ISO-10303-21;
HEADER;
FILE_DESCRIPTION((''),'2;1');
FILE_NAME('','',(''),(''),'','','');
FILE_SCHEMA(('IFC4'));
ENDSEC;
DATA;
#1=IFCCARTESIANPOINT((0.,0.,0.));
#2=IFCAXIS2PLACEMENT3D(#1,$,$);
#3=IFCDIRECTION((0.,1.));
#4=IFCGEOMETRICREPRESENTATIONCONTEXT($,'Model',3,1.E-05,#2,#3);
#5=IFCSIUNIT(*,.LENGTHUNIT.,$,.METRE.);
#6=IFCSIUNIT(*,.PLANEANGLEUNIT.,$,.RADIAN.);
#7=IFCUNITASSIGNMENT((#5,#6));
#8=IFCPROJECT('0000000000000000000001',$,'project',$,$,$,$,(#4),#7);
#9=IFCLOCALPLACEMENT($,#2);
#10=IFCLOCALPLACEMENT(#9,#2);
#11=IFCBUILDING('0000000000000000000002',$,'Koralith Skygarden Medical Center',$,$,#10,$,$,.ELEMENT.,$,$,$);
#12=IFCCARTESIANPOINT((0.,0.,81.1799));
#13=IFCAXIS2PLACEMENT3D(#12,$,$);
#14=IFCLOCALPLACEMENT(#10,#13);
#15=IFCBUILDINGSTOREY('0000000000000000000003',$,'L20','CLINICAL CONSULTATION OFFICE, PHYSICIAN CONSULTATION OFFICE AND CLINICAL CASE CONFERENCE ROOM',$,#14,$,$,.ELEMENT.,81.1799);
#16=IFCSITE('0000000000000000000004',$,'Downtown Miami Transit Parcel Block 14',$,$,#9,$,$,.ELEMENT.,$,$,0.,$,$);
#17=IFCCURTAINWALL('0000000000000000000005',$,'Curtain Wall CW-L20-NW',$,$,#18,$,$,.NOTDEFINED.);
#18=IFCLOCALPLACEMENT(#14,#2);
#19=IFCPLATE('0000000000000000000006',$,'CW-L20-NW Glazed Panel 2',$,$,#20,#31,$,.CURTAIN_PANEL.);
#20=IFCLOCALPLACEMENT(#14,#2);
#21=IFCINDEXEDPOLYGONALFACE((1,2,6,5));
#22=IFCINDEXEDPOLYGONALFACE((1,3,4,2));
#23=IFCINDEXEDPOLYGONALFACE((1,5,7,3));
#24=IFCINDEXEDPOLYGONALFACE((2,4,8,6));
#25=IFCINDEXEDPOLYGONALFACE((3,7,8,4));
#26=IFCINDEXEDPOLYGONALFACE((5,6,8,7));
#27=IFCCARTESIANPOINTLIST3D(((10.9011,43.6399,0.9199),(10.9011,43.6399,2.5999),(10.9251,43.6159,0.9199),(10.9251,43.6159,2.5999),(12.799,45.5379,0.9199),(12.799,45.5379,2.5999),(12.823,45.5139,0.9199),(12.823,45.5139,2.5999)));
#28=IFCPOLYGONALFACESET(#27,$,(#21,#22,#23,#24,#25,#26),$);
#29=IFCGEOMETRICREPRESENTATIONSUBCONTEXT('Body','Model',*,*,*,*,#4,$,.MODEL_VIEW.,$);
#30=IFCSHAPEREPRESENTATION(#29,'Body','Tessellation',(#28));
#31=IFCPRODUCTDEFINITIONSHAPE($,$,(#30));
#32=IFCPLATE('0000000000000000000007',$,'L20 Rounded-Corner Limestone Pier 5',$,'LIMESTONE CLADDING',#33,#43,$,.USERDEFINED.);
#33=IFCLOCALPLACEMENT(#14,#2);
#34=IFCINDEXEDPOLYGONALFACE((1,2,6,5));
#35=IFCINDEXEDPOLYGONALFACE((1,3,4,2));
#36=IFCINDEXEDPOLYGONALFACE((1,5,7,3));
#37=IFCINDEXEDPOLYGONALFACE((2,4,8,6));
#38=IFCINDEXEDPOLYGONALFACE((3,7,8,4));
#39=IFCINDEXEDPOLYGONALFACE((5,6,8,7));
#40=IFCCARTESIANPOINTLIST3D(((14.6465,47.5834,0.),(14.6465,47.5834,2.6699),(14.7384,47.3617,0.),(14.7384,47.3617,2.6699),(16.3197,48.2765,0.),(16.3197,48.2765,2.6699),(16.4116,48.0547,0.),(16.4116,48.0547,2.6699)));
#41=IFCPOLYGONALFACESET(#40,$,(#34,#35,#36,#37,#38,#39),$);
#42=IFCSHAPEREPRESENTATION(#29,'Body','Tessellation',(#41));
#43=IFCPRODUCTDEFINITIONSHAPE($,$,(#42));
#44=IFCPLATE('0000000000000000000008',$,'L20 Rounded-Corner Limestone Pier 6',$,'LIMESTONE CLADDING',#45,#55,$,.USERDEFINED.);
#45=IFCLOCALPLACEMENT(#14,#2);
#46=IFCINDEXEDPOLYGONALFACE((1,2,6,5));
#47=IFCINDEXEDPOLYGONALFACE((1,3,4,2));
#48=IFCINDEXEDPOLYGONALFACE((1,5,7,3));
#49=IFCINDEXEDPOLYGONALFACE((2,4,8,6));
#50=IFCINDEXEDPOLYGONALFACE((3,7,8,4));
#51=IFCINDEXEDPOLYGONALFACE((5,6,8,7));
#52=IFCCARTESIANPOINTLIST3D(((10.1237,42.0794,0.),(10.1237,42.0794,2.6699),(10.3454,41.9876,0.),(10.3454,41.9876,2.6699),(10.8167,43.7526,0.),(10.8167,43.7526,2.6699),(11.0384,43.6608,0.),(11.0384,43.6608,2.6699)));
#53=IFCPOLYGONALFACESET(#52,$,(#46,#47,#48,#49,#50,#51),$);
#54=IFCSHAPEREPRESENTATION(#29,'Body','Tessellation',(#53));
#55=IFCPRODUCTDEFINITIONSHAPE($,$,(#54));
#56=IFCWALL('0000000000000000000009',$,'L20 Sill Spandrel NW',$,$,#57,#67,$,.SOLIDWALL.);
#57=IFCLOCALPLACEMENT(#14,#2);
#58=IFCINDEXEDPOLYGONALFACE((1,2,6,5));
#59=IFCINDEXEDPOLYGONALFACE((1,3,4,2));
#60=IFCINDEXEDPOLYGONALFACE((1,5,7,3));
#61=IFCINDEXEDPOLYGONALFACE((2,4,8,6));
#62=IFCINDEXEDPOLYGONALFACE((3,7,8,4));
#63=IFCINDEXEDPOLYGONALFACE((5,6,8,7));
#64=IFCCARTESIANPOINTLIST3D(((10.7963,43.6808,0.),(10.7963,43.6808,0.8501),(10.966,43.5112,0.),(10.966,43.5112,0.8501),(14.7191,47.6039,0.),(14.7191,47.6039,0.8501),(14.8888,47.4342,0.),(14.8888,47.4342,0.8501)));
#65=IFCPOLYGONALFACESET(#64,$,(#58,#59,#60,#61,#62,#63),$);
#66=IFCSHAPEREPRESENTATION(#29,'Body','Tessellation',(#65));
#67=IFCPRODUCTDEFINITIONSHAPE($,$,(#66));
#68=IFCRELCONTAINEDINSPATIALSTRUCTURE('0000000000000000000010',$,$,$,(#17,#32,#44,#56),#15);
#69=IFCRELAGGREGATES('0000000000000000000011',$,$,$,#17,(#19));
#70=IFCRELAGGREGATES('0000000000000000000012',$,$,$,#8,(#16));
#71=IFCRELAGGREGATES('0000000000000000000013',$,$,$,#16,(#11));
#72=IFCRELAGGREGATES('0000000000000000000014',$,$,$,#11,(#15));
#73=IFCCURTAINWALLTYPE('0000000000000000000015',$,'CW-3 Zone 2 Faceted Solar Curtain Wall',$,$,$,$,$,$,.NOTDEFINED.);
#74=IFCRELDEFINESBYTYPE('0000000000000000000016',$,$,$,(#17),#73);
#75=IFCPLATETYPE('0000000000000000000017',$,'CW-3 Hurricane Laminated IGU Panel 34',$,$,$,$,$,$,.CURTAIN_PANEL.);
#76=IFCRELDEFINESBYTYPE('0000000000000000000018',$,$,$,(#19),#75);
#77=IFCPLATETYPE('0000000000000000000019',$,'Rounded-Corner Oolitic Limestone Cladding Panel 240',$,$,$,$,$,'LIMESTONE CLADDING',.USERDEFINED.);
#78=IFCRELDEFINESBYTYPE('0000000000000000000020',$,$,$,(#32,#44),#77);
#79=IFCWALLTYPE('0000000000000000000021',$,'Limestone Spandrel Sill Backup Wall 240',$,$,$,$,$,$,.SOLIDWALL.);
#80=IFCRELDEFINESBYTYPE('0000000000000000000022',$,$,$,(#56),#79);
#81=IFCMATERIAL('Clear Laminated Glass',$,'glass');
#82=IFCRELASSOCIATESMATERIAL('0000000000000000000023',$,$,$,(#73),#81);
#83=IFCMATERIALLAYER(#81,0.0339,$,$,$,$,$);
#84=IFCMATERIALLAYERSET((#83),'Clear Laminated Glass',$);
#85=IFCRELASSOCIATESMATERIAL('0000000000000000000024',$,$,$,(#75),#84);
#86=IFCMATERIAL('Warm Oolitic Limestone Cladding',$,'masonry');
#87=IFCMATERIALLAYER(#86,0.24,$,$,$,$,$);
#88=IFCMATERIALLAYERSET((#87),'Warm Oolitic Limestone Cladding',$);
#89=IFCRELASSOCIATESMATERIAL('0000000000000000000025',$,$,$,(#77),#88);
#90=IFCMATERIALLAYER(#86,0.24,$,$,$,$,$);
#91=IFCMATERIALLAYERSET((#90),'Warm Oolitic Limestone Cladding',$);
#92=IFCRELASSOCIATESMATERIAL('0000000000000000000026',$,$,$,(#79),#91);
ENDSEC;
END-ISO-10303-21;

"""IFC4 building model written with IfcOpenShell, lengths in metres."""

from ifc_helpers import new_model, si_unit, direction, frame, frame_2d, origin, origin_2d, place, context, subcontext, project, spatial, rectangle, extrude, material, layer, layer_set, type_object, element, aggregate, save


model = new_model("IFC4")

# Units and contexts
model_context = context("Model", 3, precision=1e-05, world=origin(), true_north=direction((0.0, 1.0)))
body_context = subcontext(model_context, "Body", "Model", "MODEL_VIEW")
ifc_project = project(units=[si_unit("LENGTHUNIT", "METRE"), si_unit("PLANEANGLEUNIT", "RADIAN")], contexts=[model_context])

# Site, building, storey
site_placement = place(None, origin())
site = spatial("IfcSite", under=ifc_project, at=site_placement, Name="Downtown Miami Transit Parcel Block 14", CompositionType="ELEMENT", RefElevation=0.0)
building_placement = place(site_placement, origin())
building = spatial("IfcBuilding", under=site, at=building_placement, Name="Koralith Skygarden Medical Center", CompositionType="ELEMENT")
storey_placement = place(building_placement, frame((0.0, 0.0, 81.1799)))
storey = spatial("IfcBuildingStorey", under=building, at=storey_placement, Name="L20", Description="CLINICAL CONSULTATION OFFICE, PHYSICIAN CONSULTATION OFFICE AND CLINICAL CASE CONFERENCE ROOM", CompositionType="ELEMENT", Elevation=81.1799)

# Curtain wall
ifc_material_1 = material(Name="Clear Laminated Glass", Category="glass")
curtain_wall_type = type_object("IfcCurtainWallType", Name="CW-3 Zone 2 Faceted Solar Curtain Wall", PredefinedType="NOTDEFINED", material=ifc_material_1)
curtain_wall_1_placement = place(storey_placement, origin())
curtain_wall_1 = element("IfcCurtainWall", 1, at=curtain_wall_1_placement, inside=storey, type_object=curtain_wall_type, Name="Curtain Wall CW-L20-NW", PredefinedType="NOTDEFINED")

# Plate
ifc_layer_1 = layer(ifc_material_1, 0.0339)
ifc_layer_set_1 = layer_set([ifc_layer_1], Name="Clear Laminated Glass")
plate_type_1 = type_object("IfcPlateType", Name="CW-3 Hurricane Laminated IGU Panel 34", PredefinedType="CURTAIN_PANEL", material=ifc_layer_set_1)
plate_1_placement = place(storey_placement, frame((11.8621, 44.5769, 0.9199), z_axis=(0.0, 0.0, 1.0), x_axis=(-0.707107, -0.707107, 0.0)))
plate_1 = element("IfcPlate", 2, at=plate_1_placement, type_object=plate_type_1, Name="CW-L20-NW Glazed Panel 2", PredefinedType="CURTAIN_PANEL", context=body_context, shape_type="SweptSolid", body=[
    extrude(rectangle(XDim=2.6841, YDim=0.0339, at=origin_2d()), origin(), (0.0, 0.0, 1.0), 1.6799),
])
aggregate(curtain_wall_1, [plate_1])

# Plates
ifc_material_2 = material(Name="Warm Oolitic Limestone Cladding", Category="masonry")
ifc_layer_2 = layer(ifc_material_2, 0.24)
ifc_layer_set_2 = layer_set([ifc_layer_2], Name="Warm Oolitic Limestone Cladding")
plate_type_2 = type_object("IfcPlateType", Name="Rounded-Corner Oolitic Limestone Cladding Panel 240", ElementType="LIMESTONE CLADDING", PredefinedType="USERDEFINED", material=ifc_layer_set_2)
for number, where, z_axis, x_axis, name in (
    (3, (15.5291, 47.8191, 0.0), (0.0, 0.0, 1.0), (-0.923885, -0.382671, 0.0), "L20 Rounded-Corner Limestone Pier 5"),
    (4, (10.5811, 42.8701, 0.0), (0.0, 0.0, 1.0), (-0.382671, -0.923885, 0.0), "L20 Rounded-Corner Limestone Pier 6"),
):
    element("IfcPlate", number, at=place(storey_placement, frame(where, z_axis=z_axis, x_axis=x_axis)), inside=storey, type_object=plate_type_2, Name=name, ObjectType="LIMESTONE CLADDING", PredefinedType="USERDEFINED", context=body_context, shape_type="SweptSolid", body=[
        extrude(rectangle(XDim=1.811, YDim=0.24, at=origin_2d()), origin(), (0.0, 0.0, 1.0), 2.6699),
    ])

# Wall
ifc_layer_3 = layer(ifc_material_2, 0.24)
ifc_layer_set_3 = layer_set([ifc_layer_3], Name="Warm Oolitic Limestone Cladding")
wall_type = type_object("IfcWallType", Name="Limestone Spandrel Sill Backup Wall 240", PredefinedType="SOLIDWALL", material=ifc_layer_set_3)
wall_placement = place(storey_placement, frame((14.804, 47.519, 0.0), z_axis=(0.0, 0.0, 1.0), x_axis=(-0.707085, -0.707129, 0.0)))
element("IfcWall", 5, at=wall_placement, inside=storey, type_object=wall_type, Name="L20 Sill Spandrel NW", PredefinedType="SOLIDWALL", context=body_context, shape_type="SweptSolid", body=[
    extrude(rectangle(XDim=5.5479, YDim=0.24, at=frame_2d((2.7739, 0.0))), origin(), (0.0, 0.0, 1.0), 0.8501),
])

save(model, "model.ifc")
